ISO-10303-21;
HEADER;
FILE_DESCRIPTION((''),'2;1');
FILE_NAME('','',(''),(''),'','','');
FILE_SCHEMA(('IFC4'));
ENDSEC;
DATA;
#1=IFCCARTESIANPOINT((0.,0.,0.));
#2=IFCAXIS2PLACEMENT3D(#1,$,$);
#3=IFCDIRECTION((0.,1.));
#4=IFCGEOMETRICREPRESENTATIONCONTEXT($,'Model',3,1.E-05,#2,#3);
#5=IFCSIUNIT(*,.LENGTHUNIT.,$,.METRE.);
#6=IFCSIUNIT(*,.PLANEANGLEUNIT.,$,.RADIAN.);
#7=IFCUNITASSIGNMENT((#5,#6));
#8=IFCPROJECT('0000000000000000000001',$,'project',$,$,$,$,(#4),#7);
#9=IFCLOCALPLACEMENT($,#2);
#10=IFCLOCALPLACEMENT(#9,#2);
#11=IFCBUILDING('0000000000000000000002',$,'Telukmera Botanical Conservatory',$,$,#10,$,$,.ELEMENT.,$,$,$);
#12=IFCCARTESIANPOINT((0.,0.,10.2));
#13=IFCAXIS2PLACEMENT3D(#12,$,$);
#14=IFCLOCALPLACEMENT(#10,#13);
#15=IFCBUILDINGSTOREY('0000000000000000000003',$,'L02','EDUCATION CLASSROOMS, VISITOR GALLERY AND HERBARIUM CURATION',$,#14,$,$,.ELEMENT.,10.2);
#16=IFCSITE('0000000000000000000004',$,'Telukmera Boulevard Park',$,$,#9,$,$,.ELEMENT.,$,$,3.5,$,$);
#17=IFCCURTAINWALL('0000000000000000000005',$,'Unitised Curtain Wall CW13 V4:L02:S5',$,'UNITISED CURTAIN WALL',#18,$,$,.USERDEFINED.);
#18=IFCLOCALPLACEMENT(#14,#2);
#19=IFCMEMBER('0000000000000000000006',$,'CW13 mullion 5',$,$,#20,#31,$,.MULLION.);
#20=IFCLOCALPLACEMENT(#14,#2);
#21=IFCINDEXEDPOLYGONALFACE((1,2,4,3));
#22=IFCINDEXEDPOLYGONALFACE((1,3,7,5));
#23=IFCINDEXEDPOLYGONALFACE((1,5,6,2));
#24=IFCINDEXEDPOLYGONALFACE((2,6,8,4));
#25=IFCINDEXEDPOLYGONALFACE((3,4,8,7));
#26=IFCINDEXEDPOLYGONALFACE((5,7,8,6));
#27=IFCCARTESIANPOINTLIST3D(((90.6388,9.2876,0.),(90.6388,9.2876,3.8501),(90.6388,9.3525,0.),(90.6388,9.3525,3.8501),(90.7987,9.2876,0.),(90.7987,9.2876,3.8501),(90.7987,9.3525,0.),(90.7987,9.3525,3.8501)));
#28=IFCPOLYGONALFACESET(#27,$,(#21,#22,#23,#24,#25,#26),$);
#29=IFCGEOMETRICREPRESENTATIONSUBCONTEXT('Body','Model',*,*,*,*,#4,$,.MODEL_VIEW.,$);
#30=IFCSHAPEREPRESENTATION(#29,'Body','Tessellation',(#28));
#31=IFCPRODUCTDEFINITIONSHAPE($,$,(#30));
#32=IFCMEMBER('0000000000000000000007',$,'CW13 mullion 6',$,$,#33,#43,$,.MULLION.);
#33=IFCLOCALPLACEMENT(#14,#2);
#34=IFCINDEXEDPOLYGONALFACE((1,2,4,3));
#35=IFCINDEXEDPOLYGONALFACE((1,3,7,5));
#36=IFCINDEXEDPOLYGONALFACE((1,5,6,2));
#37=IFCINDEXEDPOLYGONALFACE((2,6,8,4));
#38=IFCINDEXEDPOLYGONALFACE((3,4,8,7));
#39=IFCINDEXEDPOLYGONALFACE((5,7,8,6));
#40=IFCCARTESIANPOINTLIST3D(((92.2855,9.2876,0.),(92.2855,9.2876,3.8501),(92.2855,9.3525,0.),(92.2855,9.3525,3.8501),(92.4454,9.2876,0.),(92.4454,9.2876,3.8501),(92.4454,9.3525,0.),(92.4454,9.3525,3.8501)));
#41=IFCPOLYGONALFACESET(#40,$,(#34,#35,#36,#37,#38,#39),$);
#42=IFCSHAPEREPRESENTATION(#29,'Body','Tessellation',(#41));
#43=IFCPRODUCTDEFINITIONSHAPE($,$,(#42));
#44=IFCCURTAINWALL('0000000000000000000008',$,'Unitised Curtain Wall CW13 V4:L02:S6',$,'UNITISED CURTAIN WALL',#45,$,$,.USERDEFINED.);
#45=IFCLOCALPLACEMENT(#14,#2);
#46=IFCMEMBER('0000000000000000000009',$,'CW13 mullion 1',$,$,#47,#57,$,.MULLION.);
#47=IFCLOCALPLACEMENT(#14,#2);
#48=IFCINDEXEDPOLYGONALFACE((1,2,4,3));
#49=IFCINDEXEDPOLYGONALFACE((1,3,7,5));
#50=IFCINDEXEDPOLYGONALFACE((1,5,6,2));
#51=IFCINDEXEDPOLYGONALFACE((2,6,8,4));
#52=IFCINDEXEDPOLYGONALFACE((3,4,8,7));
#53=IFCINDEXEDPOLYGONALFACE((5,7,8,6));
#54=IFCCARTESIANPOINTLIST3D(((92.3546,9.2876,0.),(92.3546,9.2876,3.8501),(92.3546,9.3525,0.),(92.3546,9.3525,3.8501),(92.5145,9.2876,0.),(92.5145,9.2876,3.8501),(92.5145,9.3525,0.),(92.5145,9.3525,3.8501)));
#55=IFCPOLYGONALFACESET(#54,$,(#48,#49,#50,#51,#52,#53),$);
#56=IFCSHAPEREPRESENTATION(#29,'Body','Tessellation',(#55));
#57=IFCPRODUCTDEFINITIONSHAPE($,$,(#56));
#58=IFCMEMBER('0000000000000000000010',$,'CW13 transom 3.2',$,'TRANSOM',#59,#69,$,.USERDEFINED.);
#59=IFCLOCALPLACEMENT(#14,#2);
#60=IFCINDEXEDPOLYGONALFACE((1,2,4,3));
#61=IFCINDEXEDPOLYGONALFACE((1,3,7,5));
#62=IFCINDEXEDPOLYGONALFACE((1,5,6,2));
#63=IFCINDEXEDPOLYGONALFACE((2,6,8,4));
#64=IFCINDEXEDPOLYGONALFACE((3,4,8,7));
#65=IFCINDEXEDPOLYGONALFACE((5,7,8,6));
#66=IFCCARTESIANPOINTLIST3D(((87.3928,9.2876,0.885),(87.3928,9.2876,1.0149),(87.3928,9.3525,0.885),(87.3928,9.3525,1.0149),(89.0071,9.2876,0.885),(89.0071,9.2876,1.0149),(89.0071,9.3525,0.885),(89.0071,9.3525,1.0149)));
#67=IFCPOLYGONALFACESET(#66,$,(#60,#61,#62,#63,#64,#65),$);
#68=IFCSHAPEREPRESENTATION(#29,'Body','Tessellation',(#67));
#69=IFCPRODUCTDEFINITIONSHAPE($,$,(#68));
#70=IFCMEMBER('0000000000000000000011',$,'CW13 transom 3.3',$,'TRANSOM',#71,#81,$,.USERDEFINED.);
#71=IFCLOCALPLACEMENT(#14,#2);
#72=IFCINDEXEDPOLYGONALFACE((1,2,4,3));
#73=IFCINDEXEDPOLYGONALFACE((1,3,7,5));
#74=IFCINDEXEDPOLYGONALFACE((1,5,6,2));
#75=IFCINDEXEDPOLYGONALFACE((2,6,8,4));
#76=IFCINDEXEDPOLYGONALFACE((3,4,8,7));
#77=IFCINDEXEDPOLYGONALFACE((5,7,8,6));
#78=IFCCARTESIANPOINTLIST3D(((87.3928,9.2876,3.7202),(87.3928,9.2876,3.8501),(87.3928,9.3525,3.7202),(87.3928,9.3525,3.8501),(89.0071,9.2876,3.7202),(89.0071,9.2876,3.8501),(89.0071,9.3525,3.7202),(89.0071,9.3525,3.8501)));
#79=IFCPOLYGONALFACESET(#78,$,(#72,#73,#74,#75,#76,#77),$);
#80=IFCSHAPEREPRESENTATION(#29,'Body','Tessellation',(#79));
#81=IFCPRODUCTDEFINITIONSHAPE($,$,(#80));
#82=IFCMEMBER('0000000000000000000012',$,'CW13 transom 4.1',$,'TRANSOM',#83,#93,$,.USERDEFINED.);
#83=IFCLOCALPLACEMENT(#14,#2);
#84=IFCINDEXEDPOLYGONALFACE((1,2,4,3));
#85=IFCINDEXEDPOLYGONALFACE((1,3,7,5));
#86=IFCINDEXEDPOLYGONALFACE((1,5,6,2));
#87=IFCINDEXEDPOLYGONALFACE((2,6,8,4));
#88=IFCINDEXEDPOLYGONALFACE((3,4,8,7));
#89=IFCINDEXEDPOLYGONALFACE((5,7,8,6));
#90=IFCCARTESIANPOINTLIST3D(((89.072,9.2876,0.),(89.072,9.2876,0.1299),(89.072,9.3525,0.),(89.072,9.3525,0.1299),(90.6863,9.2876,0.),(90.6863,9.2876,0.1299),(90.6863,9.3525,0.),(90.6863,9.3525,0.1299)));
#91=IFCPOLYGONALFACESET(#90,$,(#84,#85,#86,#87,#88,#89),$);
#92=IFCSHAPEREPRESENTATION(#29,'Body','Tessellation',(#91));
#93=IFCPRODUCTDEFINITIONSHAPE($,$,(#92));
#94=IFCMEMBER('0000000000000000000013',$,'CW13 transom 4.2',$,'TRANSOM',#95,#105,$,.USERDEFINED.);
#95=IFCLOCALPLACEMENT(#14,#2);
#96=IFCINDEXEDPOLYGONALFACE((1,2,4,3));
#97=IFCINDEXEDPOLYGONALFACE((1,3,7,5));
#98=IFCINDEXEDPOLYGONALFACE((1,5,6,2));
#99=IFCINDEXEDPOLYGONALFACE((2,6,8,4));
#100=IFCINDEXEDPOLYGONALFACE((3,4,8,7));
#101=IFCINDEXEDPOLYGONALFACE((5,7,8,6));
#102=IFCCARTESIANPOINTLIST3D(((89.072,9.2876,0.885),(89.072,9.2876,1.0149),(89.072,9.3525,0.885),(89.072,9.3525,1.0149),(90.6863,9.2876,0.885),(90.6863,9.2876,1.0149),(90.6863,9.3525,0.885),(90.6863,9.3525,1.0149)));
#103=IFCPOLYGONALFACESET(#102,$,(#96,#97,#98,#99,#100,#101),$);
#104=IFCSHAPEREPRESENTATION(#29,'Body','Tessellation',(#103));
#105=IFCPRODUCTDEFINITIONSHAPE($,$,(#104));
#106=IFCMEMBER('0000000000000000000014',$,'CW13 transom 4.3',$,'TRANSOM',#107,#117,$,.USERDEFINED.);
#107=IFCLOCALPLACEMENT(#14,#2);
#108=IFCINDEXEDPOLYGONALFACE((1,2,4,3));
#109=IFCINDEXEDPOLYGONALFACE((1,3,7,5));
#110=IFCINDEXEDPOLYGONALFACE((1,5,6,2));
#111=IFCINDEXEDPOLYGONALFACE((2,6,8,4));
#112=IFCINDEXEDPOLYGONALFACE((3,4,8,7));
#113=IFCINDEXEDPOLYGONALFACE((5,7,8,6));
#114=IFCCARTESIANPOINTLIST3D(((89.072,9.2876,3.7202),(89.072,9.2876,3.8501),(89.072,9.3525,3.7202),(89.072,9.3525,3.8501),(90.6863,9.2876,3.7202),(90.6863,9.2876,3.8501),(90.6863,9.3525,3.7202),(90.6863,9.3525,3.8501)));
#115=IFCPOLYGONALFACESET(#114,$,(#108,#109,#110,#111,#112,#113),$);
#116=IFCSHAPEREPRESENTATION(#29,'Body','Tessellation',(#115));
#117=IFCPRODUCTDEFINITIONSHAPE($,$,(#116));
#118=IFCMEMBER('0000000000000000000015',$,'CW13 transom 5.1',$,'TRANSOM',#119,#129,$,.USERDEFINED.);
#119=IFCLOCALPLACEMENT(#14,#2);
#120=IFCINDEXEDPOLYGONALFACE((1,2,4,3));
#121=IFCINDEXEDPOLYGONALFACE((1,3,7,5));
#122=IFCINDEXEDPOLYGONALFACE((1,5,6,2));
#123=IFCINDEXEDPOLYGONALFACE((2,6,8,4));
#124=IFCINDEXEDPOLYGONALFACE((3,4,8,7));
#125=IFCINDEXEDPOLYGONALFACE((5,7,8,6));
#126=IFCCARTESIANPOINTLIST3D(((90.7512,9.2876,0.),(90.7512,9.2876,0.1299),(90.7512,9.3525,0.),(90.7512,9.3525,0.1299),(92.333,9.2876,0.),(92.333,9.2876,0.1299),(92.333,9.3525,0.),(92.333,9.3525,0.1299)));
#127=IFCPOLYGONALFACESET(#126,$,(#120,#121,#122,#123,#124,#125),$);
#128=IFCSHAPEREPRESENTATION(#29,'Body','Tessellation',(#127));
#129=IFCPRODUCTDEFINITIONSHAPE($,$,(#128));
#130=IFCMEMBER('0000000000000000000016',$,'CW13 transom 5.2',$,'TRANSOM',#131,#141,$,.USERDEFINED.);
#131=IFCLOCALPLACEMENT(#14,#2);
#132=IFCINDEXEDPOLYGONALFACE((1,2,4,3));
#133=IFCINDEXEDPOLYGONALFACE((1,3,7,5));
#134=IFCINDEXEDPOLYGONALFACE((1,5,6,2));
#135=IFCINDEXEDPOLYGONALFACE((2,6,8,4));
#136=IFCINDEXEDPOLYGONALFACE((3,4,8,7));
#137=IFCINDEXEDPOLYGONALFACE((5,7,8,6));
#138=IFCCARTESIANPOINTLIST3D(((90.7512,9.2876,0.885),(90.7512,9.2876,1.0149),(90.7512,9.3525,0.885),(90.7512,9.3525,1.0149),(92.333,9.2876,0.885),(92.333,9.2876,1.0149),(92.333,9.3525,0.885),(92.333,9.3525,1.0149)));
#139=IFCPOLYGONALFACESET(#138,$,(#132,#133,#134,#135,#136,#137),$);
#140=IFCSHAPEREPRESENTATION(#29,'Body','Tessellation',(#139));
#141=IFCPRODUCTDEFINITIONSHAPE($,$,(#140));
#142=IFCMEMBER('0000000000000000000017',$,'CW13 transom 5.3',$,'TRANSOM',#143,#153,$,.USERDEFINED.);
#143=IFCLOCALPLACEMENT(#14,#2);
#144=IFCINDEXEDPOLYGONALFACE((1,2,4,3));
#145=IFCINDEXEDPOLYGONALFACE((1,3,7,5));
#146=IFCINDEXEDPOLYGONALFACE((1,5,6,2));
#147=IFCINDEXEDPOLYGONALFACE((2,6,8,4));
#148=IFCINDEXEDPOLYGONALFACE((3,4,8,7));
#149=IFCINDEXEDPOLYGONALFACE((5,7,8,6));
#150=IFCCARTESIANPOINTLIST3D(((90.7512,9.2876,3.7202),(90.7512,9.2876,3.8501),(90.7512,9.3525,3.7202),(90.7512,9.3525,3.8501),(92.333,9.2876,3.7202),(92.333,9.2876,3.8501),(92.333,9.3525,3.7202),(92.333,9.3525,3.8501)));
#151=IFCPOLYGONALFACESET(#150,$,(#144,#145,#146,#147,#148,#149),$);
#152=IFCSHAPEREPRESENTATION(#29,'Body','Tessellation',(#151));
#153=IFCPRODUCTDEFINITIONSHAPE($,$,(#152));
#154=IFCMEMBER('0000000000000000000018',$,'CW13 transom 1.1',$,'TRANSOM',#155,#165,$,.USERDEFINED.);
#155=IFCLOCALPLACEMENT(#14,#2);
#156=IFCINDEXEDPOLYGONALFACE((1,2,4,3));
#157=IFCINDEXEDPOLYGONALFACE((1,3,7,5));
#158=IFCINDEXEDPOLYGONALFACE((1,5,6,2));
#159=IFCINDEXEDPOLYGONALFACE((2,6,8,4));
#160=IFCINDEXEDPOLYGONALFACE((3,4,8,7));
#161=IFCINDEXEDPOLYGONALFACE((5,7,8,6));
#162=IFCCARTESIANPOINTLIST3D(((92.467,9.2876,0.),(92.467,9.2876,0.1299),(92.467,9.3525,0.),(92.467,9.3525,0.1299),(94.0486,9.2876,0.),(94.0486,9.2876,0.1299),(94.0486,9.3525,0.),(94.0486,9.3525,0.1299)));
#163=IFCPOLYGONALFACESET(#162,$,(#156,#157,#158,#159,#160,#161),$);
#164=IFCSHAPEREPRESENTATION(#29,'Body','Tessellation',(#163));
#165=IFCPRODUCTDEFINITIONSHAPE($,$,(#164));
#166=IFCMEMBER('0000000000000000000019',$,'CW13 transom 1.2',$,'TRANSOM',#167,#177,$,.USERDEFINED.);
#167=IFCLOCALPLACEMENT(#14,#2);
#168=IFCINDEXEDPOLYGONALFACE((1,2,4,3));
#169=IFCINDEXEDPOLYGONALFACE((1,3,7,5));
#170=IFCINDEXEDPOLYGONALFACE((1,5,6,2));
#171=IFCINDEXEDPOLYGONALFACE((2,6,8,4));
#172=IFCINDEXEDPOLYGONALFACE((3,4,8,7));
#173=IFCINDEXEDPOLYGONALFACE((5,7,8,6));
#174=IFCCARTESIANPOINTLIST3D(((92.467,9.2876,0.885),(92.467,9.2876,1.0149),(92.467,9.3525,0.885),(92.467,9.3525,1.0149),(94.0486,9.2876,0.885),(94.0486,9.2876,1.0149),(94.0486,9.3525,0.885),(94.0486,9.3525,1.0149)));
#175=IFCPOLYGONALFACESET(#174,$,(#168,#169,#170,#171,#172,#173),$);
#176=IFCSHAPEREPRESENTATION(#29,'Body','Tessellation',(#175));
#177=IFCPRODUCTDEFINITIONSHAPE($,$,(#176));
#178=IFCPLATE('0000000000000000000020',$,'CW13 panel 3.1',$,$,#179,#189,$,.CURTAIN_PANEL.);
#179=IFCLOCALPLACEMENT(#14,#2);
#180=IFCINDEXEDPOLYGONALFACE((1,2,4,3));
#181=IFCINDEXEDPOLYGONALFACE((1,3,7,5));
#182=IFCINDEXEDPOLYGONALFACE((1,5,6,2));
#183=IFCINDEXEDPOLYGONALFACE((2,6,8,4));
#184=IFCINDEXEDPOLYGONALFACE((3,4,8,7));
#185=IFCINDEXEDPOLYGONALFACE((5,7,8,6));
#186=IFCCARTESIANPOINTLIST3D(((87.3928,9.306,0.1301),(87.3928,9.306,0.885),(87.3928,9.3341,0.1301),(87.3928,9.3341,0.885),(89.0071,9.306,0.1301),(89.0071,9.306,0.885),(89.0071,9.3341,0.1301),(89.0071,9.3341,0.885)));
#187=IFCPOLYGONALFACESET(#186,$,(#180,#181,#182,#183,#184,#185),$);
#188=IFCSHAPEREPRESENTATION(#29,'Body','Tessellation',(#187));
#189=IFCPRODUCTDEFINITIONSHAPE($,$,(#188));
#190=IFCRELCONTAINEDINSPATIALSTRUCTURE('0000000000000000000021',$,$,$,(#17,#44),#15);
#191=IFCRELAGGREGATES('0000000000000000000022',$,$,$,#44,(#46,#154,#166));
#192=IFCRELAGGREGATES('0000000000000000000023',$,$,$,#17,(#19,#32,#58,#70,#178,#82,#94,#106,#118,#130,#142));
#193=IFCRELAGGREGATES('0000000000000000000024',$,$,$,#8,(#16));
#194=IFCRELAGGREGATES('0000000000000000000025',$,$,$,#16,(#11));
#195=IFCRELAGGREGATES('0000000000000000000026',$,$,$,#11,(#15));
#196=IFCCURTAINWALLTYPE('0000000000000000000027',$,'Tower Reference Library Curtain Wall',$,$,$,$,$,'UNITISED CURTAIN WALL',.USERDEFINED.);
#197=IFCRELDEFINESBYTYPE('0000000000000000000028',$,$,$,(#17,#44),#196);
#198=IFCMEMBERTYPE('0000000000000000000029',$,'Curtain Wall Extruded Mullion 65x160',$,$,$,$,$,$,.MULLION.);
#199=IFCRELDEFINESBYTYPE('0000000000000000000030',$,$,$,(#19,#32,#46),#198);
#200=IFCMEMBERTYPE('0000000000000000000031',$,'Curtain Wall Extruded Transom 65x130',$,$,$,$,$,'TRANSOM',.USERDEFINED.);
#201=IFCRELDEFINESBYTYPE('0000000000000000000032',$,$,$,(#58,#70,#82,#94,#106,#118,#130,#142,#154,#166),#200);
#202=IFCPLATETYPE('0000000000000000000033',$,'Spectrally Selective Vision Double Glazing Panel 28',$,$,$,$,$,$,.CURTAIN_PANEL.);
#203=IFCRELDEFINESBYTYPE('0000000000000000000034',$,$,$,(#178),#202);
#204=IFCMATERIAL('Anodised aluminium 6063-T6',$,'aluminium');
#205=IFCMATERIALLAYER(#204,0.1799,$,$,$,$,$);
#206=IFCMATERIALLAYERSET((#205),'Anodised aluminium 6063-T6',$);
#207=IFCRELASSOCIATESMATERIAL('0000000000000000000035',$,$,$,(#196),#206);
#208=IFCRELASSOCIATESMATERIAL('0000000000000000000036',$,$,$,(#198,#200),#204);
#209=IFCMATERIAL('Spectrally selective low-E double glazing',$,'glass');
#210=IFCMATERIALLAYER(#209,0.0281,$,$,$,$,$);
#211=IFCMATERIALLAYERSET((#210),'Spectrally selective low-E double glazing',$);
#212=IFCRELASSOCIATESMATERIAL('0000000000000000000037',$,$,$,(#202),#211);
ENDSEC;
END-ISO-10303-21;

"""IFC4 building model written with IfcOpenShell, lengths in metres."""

from ifc_helpers import new_model, si_unit, direction, frame, origin, origin_2d, place, context, subcontext, project, spatial, rectangle, extrude, material, layer, layer_set, material_profile, profile_set, type_object, element, aggregate, save


model = new_model("IFC4")

# Units and contexts
model_context = context("Model", 3, precision=1e-05, world=origin(), true_north=direction((0.0, 1.0)))
body_context = subcontext(model_context, "Body", "Model", "MODEL_VIEW")
ifc_project = project(units=[si_unit("LENGTHUNIT", "METRE"), si_unit("PLANEANGLEUNIT", "RADIAN")], contexts=[model_context])

# Site, building, storey
site_placement = place(None, origin())
site = spatial("IfcSite", under=ifc_project, at=site_placement, Name="Telukmera Boulevard Park", CompositionType="ELEMENT", RefElevation=3.5)
building_placement = place(site_placement, origin())
building = spatial("IfcBuilding", under=site, at=building_placement, Name="Telukmera Botanical Conservatory", CompositionType="ELEMENT")
storey_placement = place(building_placement, frame((0.0, 0.0, 10.2)))
storey = spatial("IfcBuildingStorey", under=building, at=storey_placement, Name="L02", Description="EDUCATION CLASSROOMS, VISITOR GALLERY AND HERBARIUM CURATION", CompositionType="ELEMENT", Elevation=10.2)

# Curtain wall, members
ifc_material_1 = material(Name="Anodised aluminium 6063-T6", Category="aluminium")
ifc_layer_1 = layer(ifc_material_1, 0.1799)
ifc_layer_set_1 = layer_set([ifc_layer_1], Name="Anodised aluminium 6063-T6")
curtain_wall_type = type_object("IfcCurtainWallType", Name="Tower Reference Library Curtain Wall", ElementType="UNITISED CURTAIN WALL", PredefinedType="USERDEFINED", material=ifc_layer_set_1)
curtain_wall_1_placement = place(storey_placement, origin())
curtain_wall_1 = element("IfcCurtainWall", 1, at=curtain_wall_1_placement, inside=storey, type_object=curtain_wall_type, Name="Unitised Curtain Wall CW13 V4:L02:S5", ObjectType="UNITISED CURTAIN WALL", PredefinedType="USERDEFINED")
ifc_material_profile_1 = material_profile(ifc_material_1, rectangle(XDim=0.0649, YDim=0.1599, at=origin_2d()), Name="ALU MULL 65x160")
ifc_profile_set_1 = profile_set([ifc_material_profile_1], Name="Anodised aluminium 6063-T6")
member_type_1 = type_object("IfcMemberType", Name="Curtain Wall Extruded Mullion 65x160", PredefinedType="MULLION", material=ifc_profile_set_1)
member_1_placement = place(storey_placement, frame((90.7188, 9.3201, 0.0), z_axis=(0.0, 0.0, 1.0), x_axis=(0.0, 1.0, 0.0)))
member_1 = element("IfcMember", 2, at=member_1_placement, type_object=member_type_1, Name="CW13 mullion 5", PredefinedType="MULLION", context=body_context, shape_type="SweptSolid", body=[
    extrude(rectangle(XDim=0.0649, YDim=0.1599, at=origin_2d()), origin(), (0.0, 0.0, 1.0), 3.8501),
])
member_2_placement = place(storey_placement, frame((92.3655, 9.3201, 0.0), z_axis=(0.0, 0.0, 1.0), x_axis=(0.0, 1.0, 0.0)))
member_2 = element("IfcMember", 3, at=member_2_placement, type_object=member_type_1, Name="CW13 mullion 6", PredefinedType="MULLION", context=body_context, shape_type="SweptSolid", body=[
    extrude(rectangle(XDim=0.0649, YDim=0.1599, at=origin_2d()), origin(), (0.0, 0.0, 1.0), 3.8501),
])

# Curtain wall, member
curtain_wall_2_placement = place(storey_placement, origin())
curtain_wall_2 = element("IfcCurtainWall", 4, at=curtain_wall_2_placement, inside=storey, type_object=curtain_wall_type, Name="Unitised Curtain Wall CW13 V4:L02:S6", ObjectType="UNITISED CURTAIN WALL", PredefinedType="USERDEFINED")
member_3_placement = place(storey_placement, frame((92.4346, 9.3201, 0.0), z_axis=(0.0, 0.0, 1.0), x_axis=(0.0, 1.0, 0.0)))
member_3 = element("IfcMember", 5, at=member_3_placement, type_object=member_type_1, Name="CW13 mullion 1", PredefinedType="MULLION", context=body_context, shape_type="SweptSolid", body=[
    extrude(rectangle(XDim=0.0649, YDim=0.1599, at=origin_2d()), origin(), (0.0, 0.0, 1.0), 3.8501),
])

# Members
ifc_material_profile_2 = material_profile(ifc_material_1, rectangle(XDim=0.0649, YDim=0.1299, at=origin_2d()), Name="ALU TRAN 65x130")
ifc_profile_set_2 = profile_set([ifc_material_profile_2], Name="Anodised aluminium 6063-T6")
member_type_2 = type_object("IfcMemberType", Name="Curtain Wall Extruded Transom 65x130", ElementType="TRANSOM", PredefinedType="USERDEFINED", material=ifc_profile_set_2)
member_4_placement = place(storey_placement, frame((87.3928, 9.3201, 0.95), z_axis=(1.0, 0.0, 0.0), x_axis=(0.0, 1.0, 0.0)))
member_4 = element("IfcMember", 6, at=member_4_placement, type_object=member_type_2, Name="CW13 transom 3.2", ObjectType="TRANSOM", PredefinedType="USERDEFINED", context=body_context, shape_type="SweptSolid", body=[
    extrude(rectangle(XDim=0.0649, YDim=0.1299, at=origin_2d()), origin(), (0.0, 0.0, 1.0), 1.6143),
])
member_5_placement = place(storey_placement, frame((87.3928, 9.3201, 3.7852), z_axis=(1.0, 0.0, 0.0), x_axis=(0.0, 1.0, 0.0)))
member_5 = element("IfcMember", 7, at=member_5_placement, type_object=member_type_2, Name="CW13 transom 3.3", ObjectType="TRANSOM", PredefinedType="USERDEFINED", context=body_context, shape_type="SweptSolid", body=[
    extrude(rectangle(XDim=0.0649, YDim=0.1299, at=origin_2d()), origin(), (0.0, 0.0, 1.0), 1.6143),
])
member_6_placement = place(storey_placement, frame((89.072, 9.3201, 0.0649), z_axis=(1.0, 0.0, 0.0), x_axis=(0.0, 1.0, 0.0)))
member_6 = element("IfcMember", 8, at=member_6_placement, type_object=member_type_2, Name="CW13 transom 4.1", ObjectType="TRANSOM", PredefinedType="USERDEFINED", context=body_context, shape_type="SweptSolid", body=[
    extrude(rectangle(XDim=0.0649, YDim=0.1299, at=origin_2d()), origin(), (0.0, 0.0, 1.0), 1.6143),
])
member_7_placement = place(storey_placement, frame((89.072, 9.3201, 0.95), z_axis=(1.0, 0.0, 0.0), x_axis=(0.0, 1.0, 0.0)))
member_7 = element("IfcMember", 9, at=member_7_placement, type_object=member_type_2, Name="CW13 transom 4.2", ObjectType="TRANSOM", PredefinedType="USERDEFINED", context=body_context, shape_type="SweptSolid", body=[
    extrude(rectangle(XDim=0.0649, YDim=0.1299, at=origin_2d()), origin(), (0.0, 0.0, 1.0), 1.6143),
])
member_8_placement = place(storey_placement, frame((89.072, 9.3201, 3.7852), z_axis=(1.0, 0.0, 0.0), x_axis=(0.0, 1.0, 0.0)))
member_8 = element("IfcMember", 10, at=member_8_placement, type_object=member_type_2, Name="CW13 transom 4.3", ObjectType="TRANSOM", PredefinedType="USERDEFINED", context=body_context, shape_type="SweptSolid", body=[
    extrude(rectangle(XDim=0.0649, YDim=0.1299, at=origin_2d()), origin(), (0.0, 0.0, 1.0), 1.6143),
])
member_9_placement = place(storey_placement, frame((90.7512, 9.3201, 0.0649), z_axis=(1.0, 0.0, 0.0), x_axis=(0.0, 1.0, 0.0)))
member_9 = element("IfcMember", 11, at=member_9_placement, type_object=member_type_2, Name="CW13 transom 5.1", ObjectType="TRANSOM", PredefinedType="USERDEFINED", context=body_context, shape_type="SweptSolid", body=[
    extrude(rectangle(XDim=0.0649, YDim=0.1299, at=origin_2d()), origin(), (0.0, 0.0, 1.0), 1.5818),
])
member_10_placement = place(storey_placement, frame((90.7512, 9.3201, 0.95), z_axis=(1.0, 0.0, 0.0), x_axis=(0.0, 1.0, 0.0)))
member_10 = element("IfcMember", 12, at=member_10_placement, type_object=member_type_2, Name="CW13 transom 5.2", ObjectType="TRANSOM", PredefinedType="USERDEFINED", context=body_context, shape_type="SweptSolid", body=[
    extrude(rectangle(XDim=0.0649, YDim=0.1299, at=origin_2d()), origin(), (0.0, 0.0, 1.0), 1.5818),
])
member_11_placement = place(storey_placement, frame((90.7512, 9.3201, 3.7852), z_axis=(1.0, 0.0, 0.0), x_axis=(0.0, 1.0, 0.0)))
member_11 = element("IfcMember", 13, at=member_11_placement, type_object=member_type_2, Name="CW13 transom 5.3", ObjectType="TRANSOM", PredefinedType="USERDEFINED", context=body_context, shape_type="SweptSolid", body=[
    extrude(rectangle(XDim=0.0649, YDim=0.1299, at=origin_2d()), origin(), (0.0, 0.0, 1.0), 1.5818),
])
member_12_placement = place(storey_placement, frame((92.467, 9.3201, 0.0649), z_axis=(1.0, 0.0, 0.0), x_axis=(0.0, 1.0, 0.0)))
member_12 = element("IfcMember", 14, at=member_12_placement, type_object=member_type_2, Name="CW13 transom 1.1", ObjectType="TRANSOM", PredefinedType="USERDEFINED", context=body_context, shape_type="SweptSolid", body=[
    extrude(rectangle(XDim=0.0649, YDim=0.1299, at=origin_2d()), origin(), (0.0, 0.0, 1.0), 1.5815),
])
member_13_placement = place(storey_placement, frame((92.467, 9.3201, 0.95), z_axis=(1.0, 0.0, 0.0), x_axis=(0.0, 1.0, 0.0)))
member_13 = element("IfcMember", 15, at=member_13_placement, type_object=member_type_2, Name="CW13 transom 1.2", ObjectType="TRANSOM", PredefinedType="USERDEFINED", context=body_context, shape_type="SweptSolid", body=[
    extrude(rectangle(XDim=0.0649, YDim=0.1299, at=origin_2d()), origin(), (0.0, 0.0, 1.0), 1.5815),
])
aggregate(curtain_wall_2, [member_3, member_12, member_13])

# Plate
ifc_material_2 = material(Name="Spectrally selective low-E double glazing", Category="glass")
ifc_layer_2 = layer(ifc_material_2, 0.0281)
ifc_layer_set_2 = layer_set([ifc_layer_2], Name="Spectrally selective low-E double glazing")
plate_type = type_object("IfcPlateType", Name="Spectrally Selective Vision Double Glazing Panel 28", PredefinedType="CURTAIN_PANEL", material=ifc_layer_set_2)
plate_1_placement = place(storey_placement, frame((88.2, 9.3201, 0.1301), z_axis=(0.0, 0.0, 1.0), x_axis=(1.0, 0.0, 0.0)))
plate_1 = element("IfcPlate", 16, at=plate_1_placement, type_object=plate_type, Name="CW13 panel 3.1", PredefinedType="CURTAIN_PANEL", context=body_context, shape_type="SweptSolid", body=[
    extrude(rectangle(XDim=1.6143, YDim=0.0281, at=origin_2d()), origin(), (0.0, 0.0, 1.0), 0.7549),
])
aggregate(curtain_wall_1, [member_1, member_2, member_4, member_5, plate_1, member_6, member_7, member_8, member_9, member_10, member_11])

save(model, "model.ifc")
